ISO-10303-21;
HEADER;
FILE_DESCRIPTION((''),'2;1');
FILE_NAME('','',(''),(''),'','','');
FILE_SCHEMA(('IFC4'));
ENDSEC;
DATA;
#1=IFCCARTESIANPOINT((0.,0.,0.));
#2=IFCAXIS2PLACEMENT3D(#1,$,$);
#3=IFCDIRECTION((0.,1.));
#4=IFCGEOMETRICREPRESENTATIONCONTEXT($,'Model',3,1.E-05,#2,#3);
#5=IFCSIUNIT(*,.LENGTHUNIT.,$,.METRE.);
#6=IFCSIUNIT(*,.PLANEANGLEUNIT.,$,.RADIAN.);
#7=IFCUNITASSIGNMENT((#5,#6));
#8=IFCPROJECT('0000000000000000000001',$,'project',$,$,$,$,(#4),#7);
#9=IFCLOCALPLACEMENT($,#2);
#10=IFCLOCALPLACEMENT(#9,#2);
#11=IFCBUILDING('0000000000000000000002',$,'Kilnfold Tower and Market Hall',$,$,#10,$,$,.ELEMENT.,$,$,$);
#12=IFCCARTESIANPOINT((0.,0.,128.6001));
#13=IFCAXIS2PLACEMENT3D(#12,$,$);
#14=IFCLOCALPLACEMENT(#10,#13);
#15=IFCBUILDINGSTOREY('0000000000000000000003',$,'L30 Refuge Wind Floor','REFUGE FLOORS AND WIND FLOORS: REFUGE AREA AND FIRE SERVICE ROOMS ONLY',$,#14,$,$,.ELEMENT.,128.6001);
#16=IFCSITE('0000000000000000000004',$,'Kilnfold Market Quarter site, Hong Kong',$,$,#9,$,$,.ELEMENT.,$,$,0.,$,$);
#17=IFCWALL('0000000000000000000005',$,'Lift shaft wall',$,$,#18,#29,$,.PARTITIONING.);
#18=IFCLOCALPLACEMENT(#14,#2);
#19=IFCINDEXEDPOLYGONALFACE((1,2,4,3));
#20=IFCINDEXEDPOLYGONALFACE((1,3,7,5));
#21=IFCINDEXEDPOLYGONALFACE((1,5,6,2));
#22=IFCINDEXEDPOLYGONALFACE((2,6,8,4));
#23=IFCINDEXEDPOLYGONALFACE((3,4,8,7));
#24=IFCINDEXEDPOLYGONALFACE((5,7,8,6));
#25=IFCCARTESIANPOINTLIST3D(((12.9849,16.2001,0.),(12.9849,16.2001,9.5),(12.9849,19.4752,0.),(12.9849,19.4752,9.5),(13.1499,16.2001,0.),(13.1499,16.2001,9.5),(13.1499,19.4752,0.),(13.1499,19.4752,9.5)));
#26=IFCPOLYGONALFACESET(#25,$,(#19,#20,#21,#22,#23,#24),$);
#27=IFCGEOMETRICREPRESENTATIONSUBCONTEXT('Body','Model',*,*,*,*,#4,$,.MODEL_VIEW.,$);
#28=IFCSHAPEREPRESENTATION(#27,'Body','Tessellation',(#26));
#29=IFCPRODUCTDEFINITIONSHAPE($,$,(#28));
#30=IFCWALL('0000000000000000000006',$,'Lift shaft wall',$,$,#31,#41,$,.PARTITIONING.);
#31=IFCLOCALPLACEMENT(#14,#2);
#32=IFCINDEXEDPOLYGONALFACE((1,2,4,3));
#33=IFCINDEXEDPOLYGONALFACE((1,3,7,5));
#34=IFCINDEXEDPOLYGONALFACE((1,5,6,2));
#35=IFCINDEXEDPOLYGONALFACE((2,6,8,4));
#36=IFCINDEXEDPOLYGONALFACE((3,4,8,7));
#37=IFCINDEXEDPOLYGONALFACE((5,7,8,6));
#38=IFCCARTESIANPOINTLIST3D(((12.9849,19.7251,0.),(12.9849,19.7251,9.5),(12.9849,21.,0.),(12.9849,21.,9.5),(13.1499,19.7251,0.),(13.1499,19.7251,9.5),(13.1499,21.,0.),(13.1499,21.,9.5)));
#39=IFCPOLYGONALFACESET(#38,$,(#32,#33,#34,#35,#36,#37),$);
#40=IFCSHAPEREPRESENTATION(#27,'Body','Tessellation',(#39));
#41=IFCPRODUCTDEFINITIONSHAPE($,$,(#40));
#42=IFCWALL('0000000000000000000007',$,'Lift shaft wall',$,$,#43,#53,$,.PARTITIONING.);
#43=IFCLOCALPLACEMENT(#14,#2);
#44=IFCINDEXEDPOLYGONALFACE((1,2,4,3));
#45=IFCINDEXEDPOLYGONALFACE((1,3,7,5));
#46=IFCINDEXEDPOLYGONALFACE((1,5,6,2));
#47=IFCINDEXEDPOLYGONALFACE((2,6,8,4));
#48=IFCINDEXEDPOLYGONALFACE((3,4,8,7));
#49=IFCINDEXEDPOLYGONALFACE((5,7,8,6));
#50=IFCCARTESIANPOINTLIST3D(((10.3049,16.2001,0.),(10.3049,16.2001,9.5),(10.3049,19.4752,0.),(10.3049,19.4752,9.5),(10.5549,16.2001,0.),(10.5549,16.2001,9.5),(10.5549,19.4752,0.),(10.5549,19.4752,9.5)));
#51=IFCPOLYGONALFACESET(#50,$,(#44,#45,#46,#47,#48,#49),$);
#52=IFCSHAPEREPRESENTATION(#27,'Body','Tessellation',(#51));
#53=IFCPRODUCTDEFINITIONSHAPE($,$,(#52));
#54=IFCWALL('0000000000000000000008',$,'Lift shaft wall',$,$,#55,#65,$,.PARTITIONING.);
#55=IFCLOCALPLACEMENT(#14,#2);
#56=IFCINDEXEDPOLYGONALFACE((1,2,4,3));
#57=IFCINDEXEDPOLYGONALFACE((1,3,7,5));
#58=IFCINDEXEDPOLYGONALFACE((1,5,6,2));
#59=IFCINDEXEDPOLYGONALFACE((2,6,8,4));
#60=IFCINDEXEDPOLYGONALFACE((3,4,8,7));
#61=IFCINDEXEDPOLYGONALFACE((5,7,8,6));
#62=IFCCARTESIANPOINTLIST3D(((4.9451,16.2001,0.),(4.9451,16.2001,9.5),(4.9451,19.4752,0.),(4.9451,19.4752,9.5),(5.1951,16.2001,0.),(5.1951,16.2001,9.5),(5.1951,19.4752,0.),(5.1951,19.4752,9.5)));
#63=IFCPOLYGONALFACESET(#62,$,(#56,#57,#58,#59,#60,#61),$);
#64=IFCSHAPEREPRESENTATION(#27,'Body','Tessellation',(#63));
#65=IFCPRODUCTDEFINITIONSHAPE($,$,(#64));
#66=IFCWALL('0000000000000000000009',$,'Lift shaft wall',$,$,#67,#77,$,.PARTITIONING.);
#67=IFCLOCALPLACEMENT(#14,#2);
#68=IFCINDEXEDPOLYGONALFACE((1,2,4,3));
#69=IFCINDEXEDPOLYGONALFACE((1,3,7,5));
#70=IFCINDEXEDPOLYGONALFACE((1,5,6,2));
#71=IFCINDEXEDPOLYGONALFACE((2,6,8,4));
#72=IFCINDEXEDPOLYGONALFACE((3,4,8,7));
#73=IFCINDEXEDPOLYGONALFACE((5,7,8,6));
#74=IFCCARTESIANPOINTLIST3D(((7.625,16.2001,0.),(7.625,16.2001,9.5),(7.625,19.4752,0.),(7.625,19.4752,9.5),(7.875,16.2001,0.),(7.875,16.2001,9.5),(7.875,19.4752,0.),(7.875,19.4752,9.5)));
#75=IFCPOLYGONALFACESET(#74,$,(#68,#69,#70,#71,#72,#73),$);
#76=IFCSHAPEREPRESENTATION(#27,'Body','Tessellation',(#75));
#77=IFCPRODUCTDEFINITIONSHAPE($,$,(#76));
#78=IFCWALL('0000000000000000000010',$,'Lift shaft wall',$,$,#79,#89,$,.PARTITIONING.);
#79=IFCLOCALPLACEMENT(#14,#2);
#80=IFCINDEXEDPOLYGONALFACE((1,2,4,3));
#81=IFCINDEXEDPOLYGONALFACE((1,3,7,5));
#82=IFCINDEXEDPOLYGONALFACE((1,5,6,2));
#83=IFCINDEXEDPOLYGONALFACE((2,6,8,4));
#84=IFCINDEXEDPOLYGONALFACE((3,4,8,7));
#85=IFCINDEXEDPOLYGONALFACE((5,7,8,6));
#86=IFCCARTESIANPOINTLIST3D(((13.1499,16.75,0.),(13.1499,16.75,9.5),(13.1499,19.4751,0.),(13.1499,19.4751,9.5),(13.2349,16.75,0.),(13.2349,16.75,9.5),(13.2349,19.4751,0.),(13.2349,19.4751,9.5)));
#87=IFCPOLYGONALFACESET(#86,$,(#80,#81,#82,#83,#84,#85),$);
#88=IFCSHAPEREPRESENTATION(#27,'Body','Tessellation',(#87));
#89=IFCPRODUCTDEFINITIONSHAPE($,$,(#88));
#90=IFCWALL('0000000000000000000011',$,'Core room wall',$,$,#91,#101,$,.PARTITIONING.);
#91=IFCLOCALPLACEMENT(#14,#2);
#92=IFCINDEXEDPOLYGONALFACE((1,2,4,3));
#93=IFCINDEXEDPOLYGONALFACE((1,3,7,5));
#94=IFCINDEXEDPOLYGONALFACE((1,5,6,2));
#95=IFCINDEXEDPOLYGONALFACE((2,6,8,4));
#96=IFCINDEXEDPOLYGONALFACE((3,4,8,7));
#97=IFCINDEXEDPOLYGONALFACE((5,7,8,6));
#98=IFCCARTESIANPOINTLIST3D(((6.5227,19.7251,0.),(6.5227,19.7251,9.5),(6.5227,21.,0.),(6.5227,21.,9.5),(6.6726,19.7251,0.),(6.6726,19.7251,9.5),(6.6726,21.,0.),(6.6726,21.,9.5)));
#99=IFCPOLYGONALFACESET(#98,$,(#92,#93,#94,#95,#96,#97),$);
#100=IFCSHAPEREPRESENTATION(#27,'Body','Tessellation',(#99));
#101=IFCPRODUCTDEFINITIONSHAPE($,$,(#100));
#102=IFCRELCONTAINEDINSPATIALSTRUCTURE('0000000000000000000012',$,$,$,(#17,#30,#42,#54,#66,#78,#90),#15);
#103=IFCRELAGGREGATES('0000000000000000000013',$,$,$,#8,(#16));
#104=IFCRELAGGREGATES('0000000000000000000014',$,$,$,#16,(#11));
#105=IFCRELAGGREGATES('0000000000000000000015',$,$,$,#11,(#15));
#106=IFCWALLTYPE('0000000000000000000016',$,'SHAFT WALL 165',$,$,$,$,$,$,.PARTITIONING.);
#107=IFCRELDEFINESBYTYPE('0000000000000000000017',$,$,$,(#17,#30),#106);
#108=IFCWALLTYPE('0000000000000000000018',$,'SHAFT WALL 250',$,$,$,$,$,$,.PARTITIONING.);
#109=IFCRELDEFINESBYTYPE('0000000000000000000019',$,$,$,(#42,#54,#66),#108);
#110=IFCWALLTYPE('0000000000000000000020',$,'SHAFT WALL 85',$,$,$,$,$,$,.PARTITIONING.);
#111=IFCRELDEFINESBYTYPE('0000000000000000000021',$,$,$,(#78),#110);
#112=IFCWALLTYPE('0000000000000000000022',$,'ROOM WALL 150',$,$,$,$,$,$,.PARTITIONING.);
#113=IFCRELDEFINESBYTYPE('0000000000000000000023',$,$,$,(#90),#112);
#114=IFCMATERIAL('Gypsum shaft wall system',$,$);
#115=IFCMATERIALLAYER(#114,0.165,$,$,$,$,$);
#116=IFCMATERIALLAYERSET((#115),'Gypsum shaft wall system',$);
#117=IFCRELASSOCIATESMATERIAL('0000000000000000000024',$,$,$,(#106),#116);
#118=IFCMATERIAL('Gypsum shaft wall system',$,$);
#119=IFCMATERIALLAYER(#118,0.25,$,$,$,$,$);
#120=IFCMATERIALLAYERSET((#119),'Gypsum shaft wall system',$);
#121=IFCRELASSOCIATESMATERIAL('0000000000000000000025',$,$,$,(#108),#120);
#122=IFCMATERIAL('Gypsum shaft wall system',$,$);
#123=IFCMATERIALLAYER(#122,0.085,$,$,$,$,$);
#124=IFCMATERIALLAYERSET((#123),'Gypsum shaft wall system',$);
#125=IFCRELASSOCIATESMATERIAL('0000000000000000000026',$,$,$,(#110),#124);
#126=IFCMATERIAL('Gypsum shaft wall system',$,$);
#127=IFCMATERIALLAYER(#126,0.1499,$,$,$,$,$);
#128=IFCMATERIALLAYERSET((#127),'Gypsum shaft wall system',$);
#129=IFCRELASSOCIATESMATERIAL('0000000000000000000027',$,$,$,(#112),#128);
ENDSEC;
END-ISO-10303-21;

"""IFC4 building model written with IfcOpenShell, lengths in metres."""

from ifc_helpers import new_model, si_unit, direction, frame, frame_2d, origin, place, context, subcontext, project, spatial, rectangle, extrude, source, transform, mapped, material, layer, layer_set, type_object, element, save


model = new_model("IFC4")

# Units and contexts
model_context = context("Model", 3, precision=1e-05, world=origin(), true_north=direction((0.0, 1.0)))
body_context = subcontext(model_context, "Body", "Model", "MODEL_VIEW")
ifc_project = project(units=[si_unit("LENGTHUNIT", "METRE"), si_unit("PLANEANGLEUNIT", "RADIAN")], contexts=[model_context])

# Site, building, storey
site_placement = place(None, origin())
site = spatial("IfcSite", under=ifc_project, at=site_placement, Name="Kilnfold Market Quarter site, Hong Kong", CompositionType="ELEMENT", RefElevation=0.0)
building_placement = place(site_placement, origin())
building = spatial("IfcBuilding", under=site, at=building_placement, Name="Kilnfold Tower and Market Hall", CompositionType="ELEMENT")
storey_placement = place(building_placement, frame((0.0, 0.0, 128.6001)))
storey = spatial("IfcBuildingStorey", under=building, at=storey_placement, Name="L30 Refuge Wind Floor", Description="REFUGE FLOORS AND WIND FLOORS: REFUGE AREA AND FIRE SERVICE ROOMS ONLY", CompositionType="ELEMENT", Elevation=128.6001)

# Walls
ifc_material_1 = material(Name="Gypsum shaft wall system")
ifc_layer_1 = layer(ifc_material_1, 0.165)
ifc_layer_set_1 = layer_set([ifc_layer_1], Name="Gypsum shaft wall system")
wall_type_1 = type_object("IfcWallType", Name="SHAFT WALL 165", PredefinedType="PARTITIONING", material=ifc_layer_set_1)
shared_shape_1 = source(origin(), body_context, "Body", "SweptSolid", [
    extrude(rectangle(XDim=3.2751, YDim=0.165, at=frame_2d((1.6377, 0.0))), origin(), (0.0, 0.0, 1.0), 9.5),
])
wall_1_placement = place(storey_placement, frame((13.0674, 16.2, 0.0), z_axis=(0.0, 0.0, 1.0), x_axis=(0.0, 1.0, 0.0)))
element("IfcWall", 1, at=wall_1_placement, inside=storey, type_object=wall_type_1, Name="Lift shaft wall", PredefinedType="PARTITIONING", context=body_context, shape_type="MappedRepresentation", body=[
    mapped(shared_shape_1, transform((0.0, 0.0, 0.0))),
])
shared_shape_2 = source(origin(), body_context, "Body", "SweptSolid", [
    extrude(rectangle(XDim=1.2749, YDim=0.165, at=frame_2d((0.6375, 0.0))), origin(), (0.0, 0.0, 1.0), 9.5),
])
wall_2_placement = place(storey_placement, frame((13.0674, 19.7251, 0.0), z_axis=(0.0, 0.0, 1.0), x_axis=(0.0, 1.0, 0.0)))
element("IfcWall", 2, at=wall_2_placement, inside=storey, type_object=wall_type_1, Name="Lift shaft wall", PredefinedType="PARTITIONING", context=body_context, shape_type="MappedRepresentation", body=[
    mapped(shared_shape_2, transform((0.0, 0.0, 0.0))),
])
ifc_material_2 = material(Name="Gypsum shaft wall system")
ifc_layer_2 = layer(ifc_material_2, 0.25)
ifc_layer_set_2 = layer_set([ifc_layer_2], Name="Gypsum shaft wall system")
wall_type_2 = type_object("IfcWallType", Name="SHAFT WALL 250", PredefinedType="PARTITIONING", material=ifc_layer_set_2)
shared_shape_3 = source(origin(), body_context, "Body", "SweptSolid", [
    extrude(rectangle(XDim=3.2751, YDim=0.25, at=frame_2d((1.6377, 0.0))), origin(), (0.0, 0.0, 1.0), 9.5),
])
for number, where, z_axis, x_axis, name in (
    (3, (10.4299, 16.2, 0.0), (0.0, 0.0, 1.0), (0.0, 1.0, 0.0), "Lift shaft wall"),
    (4, (5.0701, 16.2, 0.0), (0.0, 0.0, 1.0), (0.0, 1.0, 0.0), "Lift shaft wall"),
    (5, (7.75, 16.2, 0.0), (0.0, 0.0, 1.0), (0.0, 1.0, 0.0), "Lift shaft wall"),
):
    element("IfcWall", number, at=place(storey_placement, frame(where, z_axis=z_axis, x_axis=x_axis)), inside=storey, type_object=wall_type_2, Name=name, PredefinedType="PARTITIONING", context=body_context, shape_type="MappedRepresentation", body=[
        mapped(shared_shape_3, transform((0.0, 0.0, 0.0))),
    ])
ifc_material_3 = material(Name="Gypsum shaft wall system")
ifc_layer_3 = layer(ifc_material_3, 0.085)
ifc_layer_set_3 = layer_set([ifc_layer_3], Name="Gypsum shaft wall system")
wall_type_3 = type_object("IfcWallType", Name="SHAFT WALL 85", PredefinedType="PARTITIONING", material=ifc_layer_set_3)
shared_shape_4 = source(origin(), body_context, "Body", "SweptSolid", [
    extrude(rectangle(XDim=2.7251, YDim=0.085, at=frame_2d((1.3625, 0.0))), origin(), (0.0, 0.0, 1.0), 9.5),
])
wall_3_placement = place(storey_placement, frame((13.1924, 16.75, 0.0), z_axis=(0.0, 0.0, 1.0), x_axis=(0.0, 1.0, 0.0)))
element("IfcWall", 6, at=wall_3_placement, inside=storey, type_object=wall_type_3, Name="Lift shaft wall", PredefinedType="PARTITIONING", context=body_context, shape_type="MappedRepresentation", body=[
    mapped(shared_shape_4, transform((0.0, 0.0, 0.0))),
])
ifc_material_4 = material(Name="Gypsum shaft wall system")
ifc_layer_4 = layer(ifc_material_4, 0.1499)
ifc_layer_set_4 = layer_set([ifc_layer_4], Name="Gypsum shaft wall system")
wall_type_4 = type_object("IfcWallType", Name="ROOM WALL 150", PredefinedType="PARTITIONING", material=ifc_layer_set_4)
shared_shape_5 = source(origin(), body_context, "Body", "SweptSolid", [
    extrude(rectangle(XDim=1.2749, YDim=0.1499, at=frame_2d((0.6375, 0.0))), origin(), (0.0, 0.0, 1.0), 9.5),
])
wall_4_placement = place(storey_placement, frame((6.5977, 19.7251, 0.0), z_axis=(0.0, 0.0, 1.0), x_axis=(0.0, 1.0, 0.0)))
element("IfcWall", 7, at=wall_4_placement, inside=storey, type_object=wall_type_4, Name="Core room wall", PredefinedType="PARTITIONING", context=body_context, shape_type="MappedRepresentation", body=[
    mapped(shared_shape_5, transform((0.0, 0.0, 0.0))),
])

save(model, "model.ifc")
